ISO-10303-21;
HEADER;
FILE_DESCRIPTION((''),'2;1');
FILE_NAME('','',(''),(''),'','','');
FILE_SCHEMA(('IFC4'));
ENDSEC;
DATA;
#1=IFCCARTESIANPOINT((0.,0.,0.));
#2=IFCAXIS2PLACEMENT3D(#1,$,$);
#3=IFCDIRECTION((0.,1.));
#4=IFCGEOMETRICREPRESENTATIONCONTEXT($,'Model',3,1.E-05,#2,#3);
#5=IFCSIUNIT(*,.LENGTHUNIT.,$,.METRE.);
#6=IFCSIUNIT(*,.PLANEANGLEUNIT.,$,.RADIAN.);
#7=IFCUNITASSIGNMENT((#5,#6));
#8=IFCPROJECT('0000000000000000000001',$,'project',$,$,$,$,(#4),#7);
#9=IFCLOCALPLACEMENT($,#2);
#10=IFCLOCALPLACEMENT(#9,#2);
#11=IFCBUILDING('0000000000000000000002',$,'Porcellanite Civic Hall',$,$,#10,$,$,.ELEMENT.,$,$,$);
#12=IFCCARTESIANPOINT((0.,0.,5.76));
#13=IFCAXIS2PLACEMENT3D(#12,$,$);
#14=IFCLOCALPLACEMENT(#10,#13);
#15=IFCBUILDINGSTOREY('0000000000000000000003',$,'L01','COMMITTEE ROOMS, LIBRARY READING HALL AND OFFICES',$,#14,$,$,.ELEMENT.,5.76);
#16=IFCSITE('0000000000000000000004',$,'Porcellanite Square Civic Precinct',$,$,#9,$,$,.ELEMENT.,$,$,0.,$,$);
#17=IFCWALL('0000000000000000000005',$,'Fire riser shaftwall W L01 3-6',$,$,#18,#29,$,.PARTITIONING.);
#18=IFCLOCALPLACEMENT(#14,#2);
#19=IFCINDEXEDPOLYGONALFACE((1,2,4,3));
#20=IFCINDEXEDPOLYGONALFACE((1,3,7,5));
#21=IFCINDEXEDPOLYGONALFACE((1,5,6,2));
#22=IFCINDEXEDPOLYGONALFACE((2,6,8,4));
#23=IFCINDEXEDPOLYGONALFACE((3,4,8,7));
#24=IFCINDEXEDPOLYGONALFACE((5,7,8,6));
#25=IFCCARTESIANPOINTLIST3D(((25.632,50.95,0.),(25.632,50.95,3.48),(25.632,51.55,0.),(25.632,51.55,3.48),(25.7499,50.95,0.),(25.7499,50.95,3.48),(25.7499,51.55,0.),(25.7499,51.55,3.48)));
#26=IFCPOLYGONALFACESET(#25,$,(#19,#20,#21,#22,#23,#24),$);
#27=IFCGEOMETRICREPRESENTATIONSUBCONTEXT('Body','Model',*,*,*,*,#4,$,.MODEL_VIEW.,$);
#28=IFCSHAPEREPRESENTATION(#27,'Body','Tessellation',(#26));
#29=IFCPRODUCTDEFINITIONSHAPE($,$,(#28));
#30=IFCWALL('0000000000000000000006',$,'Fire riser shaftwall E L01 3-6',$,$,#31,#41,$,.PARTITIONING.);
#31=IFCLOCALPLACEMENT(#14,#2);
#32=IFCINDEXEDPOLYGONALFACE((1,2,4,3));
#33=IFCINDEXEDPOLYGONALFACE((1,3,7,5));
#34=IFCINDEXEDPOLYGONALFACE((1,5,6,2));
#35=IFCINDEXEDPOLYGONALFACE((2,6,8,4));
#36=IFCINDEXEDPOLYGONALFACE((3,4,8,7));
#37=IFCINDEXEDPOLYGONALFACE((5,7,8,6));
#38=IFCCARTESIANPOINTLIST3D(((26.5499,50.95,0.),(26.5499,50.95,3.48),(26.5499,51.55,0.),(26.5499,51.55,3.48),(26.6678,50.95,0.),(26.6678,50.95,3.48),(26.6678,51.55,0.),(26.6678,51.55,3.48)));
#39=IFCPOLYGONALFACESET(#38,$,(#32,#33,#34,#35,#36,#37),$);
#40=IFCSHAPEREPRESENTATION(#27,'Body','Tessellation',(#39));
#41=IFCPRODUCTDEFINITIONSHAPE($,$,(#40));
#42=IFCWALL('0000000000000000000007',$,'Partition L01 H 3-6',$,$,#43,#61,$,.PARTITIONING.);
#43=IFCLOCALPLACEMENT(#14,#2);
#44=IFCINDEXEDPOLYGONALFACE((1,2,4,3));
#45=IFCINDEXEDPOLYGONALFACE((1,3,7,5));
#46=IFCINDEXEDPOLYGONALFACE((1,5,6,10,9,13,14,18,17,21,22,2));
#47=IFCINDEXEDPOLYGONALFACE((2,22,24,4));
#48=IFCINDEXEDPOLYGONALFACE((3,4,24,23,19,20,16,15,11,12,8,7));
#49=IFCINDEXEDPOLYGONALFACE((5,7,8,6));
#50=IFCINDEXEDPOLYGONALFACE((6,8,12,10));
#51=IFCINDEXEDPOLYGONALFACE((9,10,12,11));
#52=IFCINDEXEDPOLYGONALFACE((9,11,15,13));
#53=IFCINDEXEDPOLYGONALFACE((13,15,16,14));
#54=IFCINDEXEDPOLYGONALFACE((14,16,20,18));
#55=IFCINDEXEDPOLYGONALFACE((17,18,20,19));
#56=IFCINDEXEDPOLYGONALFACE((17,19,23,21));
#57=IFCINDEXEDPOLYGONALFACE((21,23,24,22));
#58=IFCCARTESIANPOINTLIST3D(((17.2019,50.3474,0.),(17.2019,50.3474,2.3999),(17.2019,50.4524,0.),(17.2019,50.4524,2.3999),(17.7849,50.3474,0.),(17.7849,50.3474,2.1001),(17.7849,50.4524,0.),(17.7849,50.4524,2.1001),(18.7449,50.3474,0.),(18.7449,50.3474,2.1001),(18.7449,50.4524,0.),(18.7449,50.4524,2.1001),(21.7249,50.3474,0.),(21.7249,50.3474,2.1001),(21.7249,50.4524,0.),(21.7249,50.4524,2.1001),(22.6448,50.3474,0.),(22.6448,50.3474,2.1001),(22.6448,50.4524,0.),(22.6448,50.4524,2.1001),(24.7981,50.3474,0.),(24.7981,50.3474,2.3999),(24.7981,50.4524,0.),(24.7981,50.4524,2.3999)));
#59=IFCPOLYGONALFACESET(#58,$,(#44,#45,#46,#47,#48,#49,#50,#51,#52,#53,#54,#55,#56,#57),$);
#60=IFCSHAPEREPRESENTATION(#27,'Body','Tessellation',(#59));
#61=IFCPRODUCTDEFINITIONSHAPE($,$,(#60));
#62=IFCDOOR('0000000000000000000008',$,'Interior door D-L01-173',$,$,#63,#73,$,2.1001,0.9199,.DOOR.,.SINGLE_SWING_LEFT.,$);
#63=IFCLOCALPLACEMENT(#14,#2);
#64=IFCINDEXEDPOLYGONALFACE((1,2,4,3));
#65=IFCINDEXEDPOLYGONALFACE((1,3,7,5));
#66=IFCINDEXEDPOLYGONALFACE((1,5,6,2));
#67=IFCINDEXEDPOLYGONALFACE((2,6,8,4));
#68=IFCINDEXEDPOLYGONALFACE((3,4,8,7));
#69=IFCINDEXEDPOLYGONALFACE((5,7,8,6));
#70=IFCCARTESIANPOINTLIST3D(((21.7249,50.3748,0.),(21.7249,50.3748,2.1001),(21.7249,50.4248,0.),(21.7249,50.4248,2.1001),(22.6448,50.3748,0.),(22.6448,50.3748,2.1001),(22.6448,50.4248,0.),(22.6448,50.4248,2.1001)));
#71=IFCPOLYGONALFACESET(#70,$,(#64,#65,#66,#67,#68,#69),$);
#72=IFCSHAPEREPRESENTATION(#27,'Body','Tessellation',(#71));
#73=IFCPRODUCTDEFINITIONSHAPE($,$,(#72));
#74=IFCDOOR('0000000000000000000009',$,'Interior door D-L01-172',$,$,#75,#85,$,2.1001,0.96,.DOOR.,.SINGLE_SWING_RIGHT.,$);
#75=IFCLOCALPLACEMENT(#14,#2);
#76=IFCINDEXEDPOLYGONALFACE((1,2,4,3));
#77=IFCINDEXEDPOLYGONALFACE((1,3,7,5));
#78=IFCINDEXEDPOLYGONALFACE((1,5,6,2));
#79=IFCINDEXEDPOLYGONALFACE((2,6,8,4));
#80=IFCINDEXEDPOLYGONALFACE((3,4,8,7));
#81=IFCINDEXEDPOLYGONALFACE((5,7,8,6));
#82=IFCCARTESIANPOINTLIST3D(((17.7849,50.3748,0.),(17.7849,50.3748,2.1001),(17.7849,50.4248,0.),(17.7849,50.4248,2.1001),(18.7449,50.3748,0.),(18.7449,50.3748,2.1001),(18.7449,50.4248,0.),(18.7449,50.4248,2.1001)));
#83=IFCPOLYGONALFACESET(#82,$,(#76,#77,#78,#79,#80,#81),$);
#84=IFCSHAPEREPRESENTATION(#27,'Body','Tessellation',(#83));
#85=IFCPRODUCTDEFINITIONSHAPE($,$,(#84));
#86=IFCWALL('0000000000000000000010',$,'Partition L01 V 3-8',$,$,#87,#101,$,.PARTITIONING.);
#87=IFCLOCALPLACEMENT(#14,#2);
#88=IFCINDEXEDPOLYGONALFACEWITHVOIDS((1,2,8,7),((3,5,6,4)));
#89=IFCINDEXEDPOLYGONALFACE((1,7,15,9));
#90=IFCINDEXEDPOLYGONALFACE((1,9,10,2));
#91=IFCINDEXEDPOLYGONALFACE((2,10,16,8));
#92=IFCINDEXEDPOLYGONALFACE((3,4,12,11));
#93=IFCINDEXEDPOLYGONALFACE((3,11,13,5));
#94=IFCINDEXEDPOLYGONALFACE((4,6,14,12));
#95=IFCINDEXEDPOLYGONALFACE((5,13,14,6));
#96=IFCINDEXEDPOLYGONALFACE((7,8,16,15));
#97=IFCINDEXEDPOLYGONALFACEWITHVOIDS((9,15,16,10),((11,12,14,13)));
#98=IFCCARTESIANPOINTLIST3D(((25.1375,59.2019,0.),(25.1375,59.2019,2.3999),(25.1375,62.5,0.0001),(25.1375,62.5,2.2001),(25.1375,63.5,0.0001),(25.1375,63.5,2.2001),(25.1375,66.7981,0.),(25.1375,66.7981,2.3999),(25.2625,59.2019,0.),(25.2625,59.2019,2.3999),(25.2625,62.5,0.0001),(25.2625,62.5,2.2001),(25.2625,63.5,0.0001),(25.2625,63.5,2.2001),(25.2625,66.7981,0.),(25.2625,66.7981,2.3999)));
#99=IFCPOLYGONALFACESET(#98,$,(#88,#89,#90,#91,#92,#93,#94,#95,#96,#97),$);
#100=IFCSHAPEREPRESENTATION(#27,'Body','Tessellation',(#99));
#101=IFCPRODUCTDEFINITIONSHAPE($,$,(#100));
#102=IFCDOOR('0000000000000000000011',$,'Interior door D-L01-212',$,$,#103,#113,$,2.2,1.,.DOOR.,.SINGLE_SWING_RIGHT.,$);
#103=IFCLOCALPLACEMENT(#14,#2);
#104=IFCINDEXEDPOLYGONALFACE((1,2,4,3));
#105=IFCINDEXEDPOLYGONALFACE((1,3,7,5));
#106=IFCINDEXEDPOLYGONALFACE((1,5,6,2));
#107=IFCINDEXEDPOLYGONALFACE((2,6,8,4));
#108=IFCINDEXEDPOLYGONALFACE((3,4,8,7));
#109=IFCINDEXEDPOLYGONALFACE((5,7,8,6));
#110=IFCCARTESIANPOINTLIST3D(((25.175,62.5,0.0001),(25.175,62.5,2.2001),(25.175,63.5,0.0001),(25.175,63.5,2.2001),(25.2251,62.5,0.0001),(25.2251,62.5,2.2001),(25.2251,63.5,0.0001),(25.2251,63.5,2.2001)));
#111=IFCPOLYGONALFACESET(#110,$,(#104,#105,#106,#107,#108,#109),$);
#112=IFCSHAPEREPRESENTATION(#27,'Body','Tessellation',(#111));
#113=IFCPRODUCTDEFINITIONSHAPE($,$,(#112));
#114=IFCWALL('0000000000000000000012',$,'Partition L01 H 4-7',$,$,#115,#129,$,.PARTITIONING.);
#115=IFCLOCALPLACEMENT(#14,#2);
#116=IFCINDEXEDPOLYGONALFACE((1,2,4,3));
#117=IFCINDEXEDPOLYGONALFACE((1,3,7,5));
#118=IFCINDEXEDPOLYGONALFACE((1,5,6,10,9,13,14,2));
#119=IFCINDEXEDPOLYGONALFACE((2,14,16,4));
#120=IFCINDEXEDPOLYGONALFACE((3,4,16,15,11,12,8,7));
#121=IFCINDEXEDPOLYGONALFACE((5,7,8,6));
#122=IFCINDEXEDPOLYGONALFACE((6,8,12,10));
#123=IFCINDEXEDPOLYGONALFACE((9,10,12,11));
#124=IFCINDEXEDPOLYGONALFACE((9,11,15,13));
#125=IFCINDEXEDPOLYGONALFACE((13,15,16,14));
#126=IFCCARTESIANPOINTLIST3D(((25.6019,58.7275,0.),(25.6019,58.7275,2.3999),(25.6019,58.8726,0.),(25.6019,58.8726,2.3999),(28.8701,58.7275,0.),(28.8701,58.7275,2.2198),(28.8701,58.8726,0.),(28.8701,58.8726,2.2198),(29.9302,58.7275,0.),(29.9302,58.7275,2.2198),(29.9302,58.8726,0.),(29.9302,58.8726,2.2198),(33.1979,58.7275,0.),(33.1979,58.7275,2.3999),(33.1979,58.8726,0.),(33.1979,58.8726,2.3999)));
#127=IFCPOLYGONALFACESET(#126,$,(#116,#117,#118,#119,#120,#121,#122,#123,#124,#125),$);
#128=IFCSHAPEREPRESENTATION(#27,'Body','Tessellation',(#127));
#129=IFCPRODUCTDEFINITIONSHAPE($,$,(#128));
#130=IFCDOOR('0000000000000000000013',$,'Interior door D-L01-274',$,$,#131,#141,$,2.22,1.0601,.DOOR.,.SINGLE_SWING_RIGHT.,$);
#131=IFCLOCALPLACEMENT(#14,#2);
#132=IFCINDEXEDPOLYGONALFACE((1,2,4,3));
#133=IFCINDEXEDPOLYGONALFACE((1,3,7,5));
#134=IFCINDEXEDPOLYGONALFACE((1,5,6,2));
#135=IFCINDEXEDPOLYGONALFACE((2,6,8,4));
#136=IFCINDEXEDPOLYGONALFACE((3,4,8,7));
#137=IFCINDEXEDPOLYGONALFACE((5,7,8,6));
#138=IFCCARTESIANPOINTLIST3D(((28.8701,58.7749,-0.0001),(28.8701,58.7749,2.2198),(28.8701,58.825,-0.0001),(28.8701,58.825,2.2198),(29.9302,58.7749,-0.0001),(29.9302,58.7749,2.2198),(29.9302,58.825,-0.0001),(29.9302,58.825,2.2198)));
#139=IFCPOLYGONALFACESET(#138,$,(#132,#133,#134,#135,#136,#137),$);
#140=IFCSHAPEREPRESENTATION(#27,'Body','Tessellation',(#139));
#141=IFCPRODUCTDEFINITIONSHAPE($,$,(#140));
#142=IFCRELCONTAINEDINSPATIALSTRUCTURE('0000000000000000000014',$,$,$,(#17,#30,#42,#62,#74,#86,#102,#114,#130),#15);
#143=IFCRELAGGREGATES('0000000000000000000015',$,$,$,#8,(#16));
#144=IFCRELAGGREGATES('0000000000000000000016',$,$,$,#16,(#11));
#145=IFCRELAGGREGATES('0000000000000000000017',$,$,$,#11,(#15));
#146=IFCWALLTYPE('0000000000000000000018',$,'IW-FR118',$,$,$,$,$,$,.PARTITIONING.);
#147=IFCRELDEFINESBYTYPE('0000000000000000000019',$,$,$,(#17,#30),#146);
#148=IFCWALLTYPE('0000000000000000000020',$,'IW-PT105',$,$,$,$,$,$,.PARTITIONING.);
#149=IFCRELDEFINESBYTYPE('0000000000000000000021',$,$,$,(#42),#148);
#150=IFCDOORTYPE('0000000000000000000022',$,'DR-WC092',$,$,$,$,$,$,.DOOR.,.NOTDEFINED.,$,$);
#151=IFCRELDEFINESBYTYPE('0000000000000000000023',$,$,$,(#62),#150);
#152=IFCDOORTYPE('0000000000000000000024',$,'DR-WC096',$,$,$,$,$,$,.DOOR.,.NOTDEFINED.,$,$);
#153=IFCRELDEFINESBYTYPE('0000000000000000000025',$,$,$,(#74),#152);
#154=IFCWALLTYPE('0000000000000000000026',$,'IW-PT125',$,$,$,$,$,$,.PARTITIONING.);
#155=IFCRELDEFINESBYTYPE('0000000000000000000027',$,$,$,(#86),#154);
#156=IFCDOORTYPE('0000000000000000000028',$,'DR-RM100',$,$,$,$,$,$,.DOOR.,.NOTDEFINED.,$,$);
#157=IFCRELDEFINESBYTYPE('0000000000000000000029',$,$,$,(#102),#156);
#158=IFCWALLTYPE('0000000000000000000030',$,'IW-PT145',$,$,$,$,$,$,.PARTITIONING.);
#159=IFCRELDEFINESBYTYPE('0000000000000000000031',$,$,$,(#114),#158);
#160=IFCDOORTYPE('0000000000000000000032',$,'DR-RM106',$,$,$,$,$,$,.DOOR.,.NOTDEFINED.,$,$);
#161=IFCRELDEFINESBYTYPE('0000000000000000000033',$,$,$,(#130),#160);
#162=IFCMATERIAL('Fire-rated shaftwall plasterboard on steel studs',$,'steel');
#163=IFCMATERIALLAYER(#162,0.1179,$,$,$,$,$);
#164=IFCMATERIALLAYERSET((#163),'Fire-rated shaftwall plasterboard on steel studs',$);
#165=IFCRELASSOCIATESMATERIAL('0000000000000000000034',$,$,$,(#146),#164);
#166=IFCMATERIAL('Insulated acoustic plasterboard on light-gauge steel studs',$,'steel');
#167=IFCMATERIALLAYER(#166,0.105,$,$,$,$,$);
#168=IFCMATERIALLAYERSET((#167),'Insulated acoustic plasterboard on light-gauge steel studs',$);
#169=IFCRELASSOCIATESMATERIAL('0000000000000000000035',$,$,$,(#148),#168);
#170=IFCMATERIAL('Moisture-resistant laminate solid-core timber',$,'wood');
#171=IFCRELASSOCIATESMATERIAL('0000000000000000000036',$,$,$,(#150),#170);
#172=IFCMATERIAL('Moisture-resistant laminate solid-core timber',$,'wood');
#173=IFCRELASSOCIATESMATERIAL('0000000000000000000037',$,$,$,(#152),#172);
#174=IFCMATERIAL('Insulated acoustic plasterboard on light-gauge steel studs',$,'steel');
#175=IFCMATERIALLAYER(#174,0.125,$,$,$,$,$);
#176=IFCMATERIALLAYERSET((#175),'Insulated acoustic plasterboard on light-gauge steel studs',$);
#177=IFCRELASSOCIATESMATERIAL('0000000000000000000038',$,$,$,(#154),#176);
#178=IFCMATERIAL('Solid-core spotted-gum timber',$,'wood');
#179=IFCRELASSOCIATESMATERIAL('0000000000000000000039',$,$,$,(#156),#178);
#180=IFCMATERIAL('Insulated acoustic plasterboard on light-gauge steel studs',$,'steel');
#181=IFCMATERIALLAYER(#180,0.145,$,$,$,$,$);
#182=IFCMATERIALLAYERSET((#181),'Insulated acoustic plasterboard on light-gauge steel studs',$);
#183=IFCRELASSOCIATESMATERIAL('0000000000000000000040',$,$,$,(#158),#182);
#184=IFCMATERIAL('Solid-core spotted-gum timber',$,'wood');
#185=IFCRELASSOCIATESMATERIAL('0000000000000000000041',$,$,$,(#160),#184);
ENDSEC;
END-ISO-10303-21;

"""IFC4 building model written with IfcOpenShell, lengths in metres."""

from ifc_helpers import new_model, si_unit, direction, frame, frame_2d, origin, place, context, subcontext, project, spatial, rectangle, extrude, material, layer, layer_set, type_object, element, fill, save


model = new_model("IFC4")

# Units and contexts
model_context = context("Model", 3, precision=1e-05, world=origin(), true_north=direction((0.0, 1.0)))
body_context = subcontext(model_context, "Body", "Model", "MODEL_VIEW")
ifc_project = project(units=[si_unit("LENGTHUNIT", "METRE"), si_unit("PLANEANGLEUNIT", "RADIAN")], contexts=[model_context])

# Site, building, storey
site_placement = place(None, origin())
site = spatial("IfcSite", under=ifc_project, at=site_placement, Name="Porcellanite Square Civic Precinct", CompositionType="ELEMENT", RefElevation=0.0)
building_placement = place(site_placement, origin())
building = spatial("IfcBuilding", under=site, at=building_placement, Name="Porcellanite Civic Hall", CompositionType="ELEMENT")
storey_placement = place(building_placement, frame((0.0, 0.0, 5.76)))
storey = spatial("IfcBuildingStorey", under=building, at=storey_placement, Name="L01", Description="COMMITTEE ROOMS, LIBRARY READING HALL AND OFFICES", CompositionType="ELEMENT", Elevation=5.76)

# Walls
ifc_material_1 = material(Name="Fire-rated shaftwall plasterboard on steel studs", Category="steel")
ifc_layer_1 = layer(ifc_material_1, 0.1179)
ifc_layer_set_1 = layer_set([ifc_layer_1], Name="Fire-rated shaftwall plasterboard on steel studs")
wall_type_1 = type_object("IfcWallType", Name="IW-FR118", PredefinedType="PARTITIONING", material=ifc_layer_set_1)
for number, where, z_axis, x_axis, name in (
    (1, (25.6909, 50.95, 0.0), (0.0, 0.0, 1.0), (0.0, 1.0, 0.0), "Fire riser shaftwall W L01 3-6"),
    (2, (26.6089, 50.95, 0.0), (0.0, 0.0, 1.0), (0.0, 1.0, 0.0), "Fire riser shaftwall E L01 3-6"),
):
    element("IfcWall", number, at=place(storey_placement, frame(where, z_axis=z_axis, x_axis=x_axis)), inside=storey, type_object=wall_type_1, Name=name, PredefinedType="PARTITIONING", context=body_context, shape_type="SweptSolid", body=[
        extrude(rectangle(XDim=0.6001, YDim=0.1179, at=frame_2d((0.3, 0.0))), origin(), (0.0, 0.0, 1.0), 3.48),
    ])

# Wall, openings, doors
ifc_material_2 = material(Name="Insulated acoustic plasterboard on light-gauge steel studs", Category="steel")
ifc_layer_2 = layer(ifc_material_2, 0.105)
ifc_layer_set_2 = layer_set([ifc_layer_2], Name="Insulated acoustic plasterboard on light-gauge steel studs")
wall_type_2 = type_object("IfcWallType", Name="IW-PT105", PredefinedType="PARTITIONING", material=ifc_layer_set_2)
wall_1_placement = place(storey_placement, frame((17.2019, 50.3999, 0.0), z_axis=(0.0, 0.0, 1.0), x_axis=(1.0, 0.0, 0.0)))
wall_1 = element("IfcWall", 3, at=wall_1_placement, inside=storey, type_object=wall_type_2, Name="Partition L01 H 3-6", PredefinedType="PARTITIONING", context=body_context, shape_type="SweptSolid", body=[
    extrude(rectangle(XDim=7.5962, YDim=0.105, at=frame_2d((3.7981, 0.0))), origin(), (0.0, 0.0, 1.0), 2.3999),
])
opening_1_placement = place(wall_1_placement, frame((0.583, 0.0, 0.0)))
opening_1 = element("IfcOpeningElement", 4, at=opening_1_placement, cuts=wall_1, PredefinedType="OPENING", context=body_context, shape_type="SweptSolid", body=[
    extrude(rectangle(XDim=0.96, YDim=2.1001, at=frame_2d((0.48, 1.05))), frame((0.0, 0.0525, 0.0), z_axis=(0.0, -1.0, 0.0), x_axis=(1.0, 0.0, 0.0)), (0.0, 0.0, 1.0), 0.105),
])
opening_2_placement = place(wall_1_placement, frame((4.5229, 0.0, 0.0)))
opening_2 = element("IfcOpeningElement", 5, at=opening_2_placement, cuts=wall_1, PredefinedType="OPENING", context=body_context, shape_type="SweptSolid", body=[
    extrude(rectangle(XDim=0.9199, YDim=2.1001, at=frame_2d((0.46, 1.05))), frame((0.0, 0.0525, 0.0), z_axis=(0.0, -1.0, 0.0), x_axis=(1.0, 0.0, 0.0)), (0.0, 0.0, 1.0), 0.105),
])
ifc_material_3 = material(Name="Moisture-resistant laminate solid-core timber", Category="wood")
door_type_1 = type_object("IfcDoorType", Name="DR-WC092", OperationType="NOTDEFINED", PredefinedType="DOOR", material=ifc_material_3)
door_1_placement = place(opening_2_placement, origin())
door_1 = element("IfcDoor", 6, at=door_1_placement, inside=storey, type_object=door_type_1, Name="Interior door D-L01-173", OperationType="SINGLE_SWING_LEFT", OverallHeight=2.1001, OverallWidth=0.9199, PredefinedType="DOOR", context=body_context, shape_type="SweptSolid", body=[
    extrude(rectangle(XDim=0.9199, YDim=2.1001, at=frame_2d((0.46, 1.05))), frame((0.0, 0.0249, 0.0), z_axis=(0.0, -1.0, 0.0), x_axis=(1.0, 0.0, 0.0)), (0.0, 0.0, 1.0), 0.05),
])
fill(opening_2, door_1)
ifc_material_4 = material(Name="Moisture-resistant laminate solid-core timber", Category="wood")
door_type_2 = type_object("IfcDoorType", Name="DR-WC096", OperationType="NOTDEFINED", PredefinedType="DOOR", material=ifc_material_4)
door_2_placement = place(opening_1_placement, origin())
door_2 = element("IfcDoor", 7, at=door_2_placement, inside=storey, type_object=door_type_2, Name="Interior door D-L01-172", OperationType="SINGLE_SWING_RIGHT", OverallHeight=2.1001, OverallWidth=0.96, PredefinedType="DOOR", context=body_context, shape_type="SweptSolid", body=[
    extrude(rectangle(XDim=0.96, YDim=2.1001, at=frame_2d((0.48, 1.05))), frame((0.0, 0.0249, 0.0), z_axis=(0.0, -1.0, 0.0), x_axis=(1.0, 0.0, 0.0)), (0.0, 0.0, 1.0), 0.05),
])
fill(opening_1, door_2)

# Walls, openings, doors
ifc_material_5 = material(Name="Insulated acoustic plasterboard on light-gauge steel studs", Category="steel")
ifc_layer_3 = layer(ifc_material_5, 0.125)
ifc_layer_set_3 = layer_set([ifc_layer_3], Name="Insulated acoustic plasterboard on light-gauge steel studs")
wall_type_3 = type_object("IfcWallType", Name="IW-PT125", PredefinedType="PARTITIONING", material=ifc_layer_set_3)
wall_2_placement = place(storey_placement, frame((25.2, 59.2019, 0.0), z_axis=(0.0, 0.0, 1.0), x_axis=(0.0, 1.0, 0.0)))
wall_2 = element("IfcWall", 8, at=wall_2_placement, inside=storey, type_object=wall_type_3, Name="Partition L01 V 3-8", PredefinedType="PARTITIONING", context=body_context, shape_type="SweptSolid", body=[
    extrude(rectangle(XDim=7.5962, YDim=0.125, at=frame_2d((3.7981, 0.0))), origin(), (0.0, 0.0, 1.0), 2.3999),
])
opening_3_placement = place(wall_2_placement, frame((3.2981, 0.0, 0.0)))
opening_3 = element("IfcOpeningElement", 9, at=opening_3_placement, cuts=wall_2, PredefinedType="OPENING", context=body_context, shape_type="SweptSolid", body=[
    extrude(rectangle(XDim=1.0, YDim=2.2, at=frame_2d((0.5, 1.1001))), frame((0.0, 0.0625, 0.0), z_axis=(0.0, -1.0, 0.0), x_axis=(1.0, 0.0, 0.0)), (0.0, 0.0, 1.0), 0.125),
])
ifc_material_6 = material(Name="Solid-core spotted-gum timber", Category="wood")
door_type_3 = type_object("IfcDoorType", Name="DR-RM100", OperationType="NOTDEFINED", PredefinedType="DOOR", material=ifc_material_6)
door_3_placement = place(opening_3_placement, origin())
door_3 = element("IfcDoor", 10, at=door_3_placement, inside=storey, type_object=door_type_3, Name="Interior door D-L01-212", OperationType="SINGLE_SWING_RIGHT", OverallHeight=2.2, OverallWidth=1.0, PredefinedType="DOOR", context=body_context, shape_type="SweptSolid", body=[
    extrude(rectangle(XDim=1.0, YDim=2.2, at=frame_2d((0.5, 1.1001))), frame((0.0, 0.0249, 0.0), z_axis=(0.0, -1.0, 0.0), x_axis=(1.0, 0.0, 0.0)), (0.0, 0.0, 1.0), 0.05),
])
fill(opening_3, door_3)
ifc_material_7 = material(Name="Insulated acoustic plasterboard on light-gauge steel studs", Category="steel")
ifc_layer_4 = layer(ifc_material_7, 0.145)
ifc_layer_set_4 = layer_set([ifc_layer_4], Name="Insulated acoustic plasterboard on light-gauge steel studs")
wall_type_4 = type_object("IfcWallType", Name="IW-PT145", PredefinedType="PARTITIONING", material=ifc_layer_set_4)
wall_3_placement = place(storey_placement, frame((25.6021, 58.8, 0.0), z_axis=(0.0, 0.0, 1.0), x_axis=(1.0, 0.0, 0.0)))
wall_3 = element("IfcWall", 11, at=wall_3_placement, inside=storey, type_object=wall_type_4, Name="Partition L01 H 4-7", PredefinedType="PARTITIONING", context=body_context, shape_type="SweptSolid", body=[
    extrude(rectangle(XDim=7.5959, YDim=0.145, at=frame_2d((3.7979, 0.0))), origin(), (0.0, 0.0, 1.0), 2.3999),
])
opening_4_placement = place(wall_3_placement, frame((3.2681, 0.0, 0.0)))
opening_4 = element("IfcOpeningElement", 12, at=opening_4_placement, cuts=wall_3, PredefinedType="OPENING", context=body_context, shape_type="SweptSolid", body=[
    extrude(rectangle(XDim=1.0601, YDim=2.22, at=frame_2d((0.53, 1.1099))), frame((0.0, 0.0725, 0.0), z_axis=(0.0, -1.0, 0.0), x_axis=(1.0, 0.0, 0.0)), (0.0, 0.0, 1.0), 0.145),
])
ifc_material_8 = material(Name="Solid-core spotted-gum timber", Category="wood")
door_type_4 = type_object("IfcDoorType", Name="DR-RM106", OperationType="NOTDEFINED", PredefinedType="DOOR", material=ifc_material_8)
door_4_placement = place(opening_4_placement, origin())
door_4 = element("IfcDoor", 13, at=door_4_placement, inside=storey, type_object=door_type_4, Name="Interior door D-L01-274", OperationType="SINGLE_SWING_RIGHT", OverallHeight=2.22, OverallWidth=1.0601, PredefinedType="DOOR", context=body_context, shape_type="SweptSolid", body=[
    extrude(rectangle(XDim=1.0601, YDim=2.22, at=frame_2d((0.53, 1.1099))), frame((0.0, 0.0249, 0.0), z_axis=(0.0, -1.0, 0.0), x_axis=(1.0, 0.0, 0.0)), (0.0, 0.0, 1.0), 0.05),
])
fill(opening_4, door_4)

save(model, "model.ifc")
